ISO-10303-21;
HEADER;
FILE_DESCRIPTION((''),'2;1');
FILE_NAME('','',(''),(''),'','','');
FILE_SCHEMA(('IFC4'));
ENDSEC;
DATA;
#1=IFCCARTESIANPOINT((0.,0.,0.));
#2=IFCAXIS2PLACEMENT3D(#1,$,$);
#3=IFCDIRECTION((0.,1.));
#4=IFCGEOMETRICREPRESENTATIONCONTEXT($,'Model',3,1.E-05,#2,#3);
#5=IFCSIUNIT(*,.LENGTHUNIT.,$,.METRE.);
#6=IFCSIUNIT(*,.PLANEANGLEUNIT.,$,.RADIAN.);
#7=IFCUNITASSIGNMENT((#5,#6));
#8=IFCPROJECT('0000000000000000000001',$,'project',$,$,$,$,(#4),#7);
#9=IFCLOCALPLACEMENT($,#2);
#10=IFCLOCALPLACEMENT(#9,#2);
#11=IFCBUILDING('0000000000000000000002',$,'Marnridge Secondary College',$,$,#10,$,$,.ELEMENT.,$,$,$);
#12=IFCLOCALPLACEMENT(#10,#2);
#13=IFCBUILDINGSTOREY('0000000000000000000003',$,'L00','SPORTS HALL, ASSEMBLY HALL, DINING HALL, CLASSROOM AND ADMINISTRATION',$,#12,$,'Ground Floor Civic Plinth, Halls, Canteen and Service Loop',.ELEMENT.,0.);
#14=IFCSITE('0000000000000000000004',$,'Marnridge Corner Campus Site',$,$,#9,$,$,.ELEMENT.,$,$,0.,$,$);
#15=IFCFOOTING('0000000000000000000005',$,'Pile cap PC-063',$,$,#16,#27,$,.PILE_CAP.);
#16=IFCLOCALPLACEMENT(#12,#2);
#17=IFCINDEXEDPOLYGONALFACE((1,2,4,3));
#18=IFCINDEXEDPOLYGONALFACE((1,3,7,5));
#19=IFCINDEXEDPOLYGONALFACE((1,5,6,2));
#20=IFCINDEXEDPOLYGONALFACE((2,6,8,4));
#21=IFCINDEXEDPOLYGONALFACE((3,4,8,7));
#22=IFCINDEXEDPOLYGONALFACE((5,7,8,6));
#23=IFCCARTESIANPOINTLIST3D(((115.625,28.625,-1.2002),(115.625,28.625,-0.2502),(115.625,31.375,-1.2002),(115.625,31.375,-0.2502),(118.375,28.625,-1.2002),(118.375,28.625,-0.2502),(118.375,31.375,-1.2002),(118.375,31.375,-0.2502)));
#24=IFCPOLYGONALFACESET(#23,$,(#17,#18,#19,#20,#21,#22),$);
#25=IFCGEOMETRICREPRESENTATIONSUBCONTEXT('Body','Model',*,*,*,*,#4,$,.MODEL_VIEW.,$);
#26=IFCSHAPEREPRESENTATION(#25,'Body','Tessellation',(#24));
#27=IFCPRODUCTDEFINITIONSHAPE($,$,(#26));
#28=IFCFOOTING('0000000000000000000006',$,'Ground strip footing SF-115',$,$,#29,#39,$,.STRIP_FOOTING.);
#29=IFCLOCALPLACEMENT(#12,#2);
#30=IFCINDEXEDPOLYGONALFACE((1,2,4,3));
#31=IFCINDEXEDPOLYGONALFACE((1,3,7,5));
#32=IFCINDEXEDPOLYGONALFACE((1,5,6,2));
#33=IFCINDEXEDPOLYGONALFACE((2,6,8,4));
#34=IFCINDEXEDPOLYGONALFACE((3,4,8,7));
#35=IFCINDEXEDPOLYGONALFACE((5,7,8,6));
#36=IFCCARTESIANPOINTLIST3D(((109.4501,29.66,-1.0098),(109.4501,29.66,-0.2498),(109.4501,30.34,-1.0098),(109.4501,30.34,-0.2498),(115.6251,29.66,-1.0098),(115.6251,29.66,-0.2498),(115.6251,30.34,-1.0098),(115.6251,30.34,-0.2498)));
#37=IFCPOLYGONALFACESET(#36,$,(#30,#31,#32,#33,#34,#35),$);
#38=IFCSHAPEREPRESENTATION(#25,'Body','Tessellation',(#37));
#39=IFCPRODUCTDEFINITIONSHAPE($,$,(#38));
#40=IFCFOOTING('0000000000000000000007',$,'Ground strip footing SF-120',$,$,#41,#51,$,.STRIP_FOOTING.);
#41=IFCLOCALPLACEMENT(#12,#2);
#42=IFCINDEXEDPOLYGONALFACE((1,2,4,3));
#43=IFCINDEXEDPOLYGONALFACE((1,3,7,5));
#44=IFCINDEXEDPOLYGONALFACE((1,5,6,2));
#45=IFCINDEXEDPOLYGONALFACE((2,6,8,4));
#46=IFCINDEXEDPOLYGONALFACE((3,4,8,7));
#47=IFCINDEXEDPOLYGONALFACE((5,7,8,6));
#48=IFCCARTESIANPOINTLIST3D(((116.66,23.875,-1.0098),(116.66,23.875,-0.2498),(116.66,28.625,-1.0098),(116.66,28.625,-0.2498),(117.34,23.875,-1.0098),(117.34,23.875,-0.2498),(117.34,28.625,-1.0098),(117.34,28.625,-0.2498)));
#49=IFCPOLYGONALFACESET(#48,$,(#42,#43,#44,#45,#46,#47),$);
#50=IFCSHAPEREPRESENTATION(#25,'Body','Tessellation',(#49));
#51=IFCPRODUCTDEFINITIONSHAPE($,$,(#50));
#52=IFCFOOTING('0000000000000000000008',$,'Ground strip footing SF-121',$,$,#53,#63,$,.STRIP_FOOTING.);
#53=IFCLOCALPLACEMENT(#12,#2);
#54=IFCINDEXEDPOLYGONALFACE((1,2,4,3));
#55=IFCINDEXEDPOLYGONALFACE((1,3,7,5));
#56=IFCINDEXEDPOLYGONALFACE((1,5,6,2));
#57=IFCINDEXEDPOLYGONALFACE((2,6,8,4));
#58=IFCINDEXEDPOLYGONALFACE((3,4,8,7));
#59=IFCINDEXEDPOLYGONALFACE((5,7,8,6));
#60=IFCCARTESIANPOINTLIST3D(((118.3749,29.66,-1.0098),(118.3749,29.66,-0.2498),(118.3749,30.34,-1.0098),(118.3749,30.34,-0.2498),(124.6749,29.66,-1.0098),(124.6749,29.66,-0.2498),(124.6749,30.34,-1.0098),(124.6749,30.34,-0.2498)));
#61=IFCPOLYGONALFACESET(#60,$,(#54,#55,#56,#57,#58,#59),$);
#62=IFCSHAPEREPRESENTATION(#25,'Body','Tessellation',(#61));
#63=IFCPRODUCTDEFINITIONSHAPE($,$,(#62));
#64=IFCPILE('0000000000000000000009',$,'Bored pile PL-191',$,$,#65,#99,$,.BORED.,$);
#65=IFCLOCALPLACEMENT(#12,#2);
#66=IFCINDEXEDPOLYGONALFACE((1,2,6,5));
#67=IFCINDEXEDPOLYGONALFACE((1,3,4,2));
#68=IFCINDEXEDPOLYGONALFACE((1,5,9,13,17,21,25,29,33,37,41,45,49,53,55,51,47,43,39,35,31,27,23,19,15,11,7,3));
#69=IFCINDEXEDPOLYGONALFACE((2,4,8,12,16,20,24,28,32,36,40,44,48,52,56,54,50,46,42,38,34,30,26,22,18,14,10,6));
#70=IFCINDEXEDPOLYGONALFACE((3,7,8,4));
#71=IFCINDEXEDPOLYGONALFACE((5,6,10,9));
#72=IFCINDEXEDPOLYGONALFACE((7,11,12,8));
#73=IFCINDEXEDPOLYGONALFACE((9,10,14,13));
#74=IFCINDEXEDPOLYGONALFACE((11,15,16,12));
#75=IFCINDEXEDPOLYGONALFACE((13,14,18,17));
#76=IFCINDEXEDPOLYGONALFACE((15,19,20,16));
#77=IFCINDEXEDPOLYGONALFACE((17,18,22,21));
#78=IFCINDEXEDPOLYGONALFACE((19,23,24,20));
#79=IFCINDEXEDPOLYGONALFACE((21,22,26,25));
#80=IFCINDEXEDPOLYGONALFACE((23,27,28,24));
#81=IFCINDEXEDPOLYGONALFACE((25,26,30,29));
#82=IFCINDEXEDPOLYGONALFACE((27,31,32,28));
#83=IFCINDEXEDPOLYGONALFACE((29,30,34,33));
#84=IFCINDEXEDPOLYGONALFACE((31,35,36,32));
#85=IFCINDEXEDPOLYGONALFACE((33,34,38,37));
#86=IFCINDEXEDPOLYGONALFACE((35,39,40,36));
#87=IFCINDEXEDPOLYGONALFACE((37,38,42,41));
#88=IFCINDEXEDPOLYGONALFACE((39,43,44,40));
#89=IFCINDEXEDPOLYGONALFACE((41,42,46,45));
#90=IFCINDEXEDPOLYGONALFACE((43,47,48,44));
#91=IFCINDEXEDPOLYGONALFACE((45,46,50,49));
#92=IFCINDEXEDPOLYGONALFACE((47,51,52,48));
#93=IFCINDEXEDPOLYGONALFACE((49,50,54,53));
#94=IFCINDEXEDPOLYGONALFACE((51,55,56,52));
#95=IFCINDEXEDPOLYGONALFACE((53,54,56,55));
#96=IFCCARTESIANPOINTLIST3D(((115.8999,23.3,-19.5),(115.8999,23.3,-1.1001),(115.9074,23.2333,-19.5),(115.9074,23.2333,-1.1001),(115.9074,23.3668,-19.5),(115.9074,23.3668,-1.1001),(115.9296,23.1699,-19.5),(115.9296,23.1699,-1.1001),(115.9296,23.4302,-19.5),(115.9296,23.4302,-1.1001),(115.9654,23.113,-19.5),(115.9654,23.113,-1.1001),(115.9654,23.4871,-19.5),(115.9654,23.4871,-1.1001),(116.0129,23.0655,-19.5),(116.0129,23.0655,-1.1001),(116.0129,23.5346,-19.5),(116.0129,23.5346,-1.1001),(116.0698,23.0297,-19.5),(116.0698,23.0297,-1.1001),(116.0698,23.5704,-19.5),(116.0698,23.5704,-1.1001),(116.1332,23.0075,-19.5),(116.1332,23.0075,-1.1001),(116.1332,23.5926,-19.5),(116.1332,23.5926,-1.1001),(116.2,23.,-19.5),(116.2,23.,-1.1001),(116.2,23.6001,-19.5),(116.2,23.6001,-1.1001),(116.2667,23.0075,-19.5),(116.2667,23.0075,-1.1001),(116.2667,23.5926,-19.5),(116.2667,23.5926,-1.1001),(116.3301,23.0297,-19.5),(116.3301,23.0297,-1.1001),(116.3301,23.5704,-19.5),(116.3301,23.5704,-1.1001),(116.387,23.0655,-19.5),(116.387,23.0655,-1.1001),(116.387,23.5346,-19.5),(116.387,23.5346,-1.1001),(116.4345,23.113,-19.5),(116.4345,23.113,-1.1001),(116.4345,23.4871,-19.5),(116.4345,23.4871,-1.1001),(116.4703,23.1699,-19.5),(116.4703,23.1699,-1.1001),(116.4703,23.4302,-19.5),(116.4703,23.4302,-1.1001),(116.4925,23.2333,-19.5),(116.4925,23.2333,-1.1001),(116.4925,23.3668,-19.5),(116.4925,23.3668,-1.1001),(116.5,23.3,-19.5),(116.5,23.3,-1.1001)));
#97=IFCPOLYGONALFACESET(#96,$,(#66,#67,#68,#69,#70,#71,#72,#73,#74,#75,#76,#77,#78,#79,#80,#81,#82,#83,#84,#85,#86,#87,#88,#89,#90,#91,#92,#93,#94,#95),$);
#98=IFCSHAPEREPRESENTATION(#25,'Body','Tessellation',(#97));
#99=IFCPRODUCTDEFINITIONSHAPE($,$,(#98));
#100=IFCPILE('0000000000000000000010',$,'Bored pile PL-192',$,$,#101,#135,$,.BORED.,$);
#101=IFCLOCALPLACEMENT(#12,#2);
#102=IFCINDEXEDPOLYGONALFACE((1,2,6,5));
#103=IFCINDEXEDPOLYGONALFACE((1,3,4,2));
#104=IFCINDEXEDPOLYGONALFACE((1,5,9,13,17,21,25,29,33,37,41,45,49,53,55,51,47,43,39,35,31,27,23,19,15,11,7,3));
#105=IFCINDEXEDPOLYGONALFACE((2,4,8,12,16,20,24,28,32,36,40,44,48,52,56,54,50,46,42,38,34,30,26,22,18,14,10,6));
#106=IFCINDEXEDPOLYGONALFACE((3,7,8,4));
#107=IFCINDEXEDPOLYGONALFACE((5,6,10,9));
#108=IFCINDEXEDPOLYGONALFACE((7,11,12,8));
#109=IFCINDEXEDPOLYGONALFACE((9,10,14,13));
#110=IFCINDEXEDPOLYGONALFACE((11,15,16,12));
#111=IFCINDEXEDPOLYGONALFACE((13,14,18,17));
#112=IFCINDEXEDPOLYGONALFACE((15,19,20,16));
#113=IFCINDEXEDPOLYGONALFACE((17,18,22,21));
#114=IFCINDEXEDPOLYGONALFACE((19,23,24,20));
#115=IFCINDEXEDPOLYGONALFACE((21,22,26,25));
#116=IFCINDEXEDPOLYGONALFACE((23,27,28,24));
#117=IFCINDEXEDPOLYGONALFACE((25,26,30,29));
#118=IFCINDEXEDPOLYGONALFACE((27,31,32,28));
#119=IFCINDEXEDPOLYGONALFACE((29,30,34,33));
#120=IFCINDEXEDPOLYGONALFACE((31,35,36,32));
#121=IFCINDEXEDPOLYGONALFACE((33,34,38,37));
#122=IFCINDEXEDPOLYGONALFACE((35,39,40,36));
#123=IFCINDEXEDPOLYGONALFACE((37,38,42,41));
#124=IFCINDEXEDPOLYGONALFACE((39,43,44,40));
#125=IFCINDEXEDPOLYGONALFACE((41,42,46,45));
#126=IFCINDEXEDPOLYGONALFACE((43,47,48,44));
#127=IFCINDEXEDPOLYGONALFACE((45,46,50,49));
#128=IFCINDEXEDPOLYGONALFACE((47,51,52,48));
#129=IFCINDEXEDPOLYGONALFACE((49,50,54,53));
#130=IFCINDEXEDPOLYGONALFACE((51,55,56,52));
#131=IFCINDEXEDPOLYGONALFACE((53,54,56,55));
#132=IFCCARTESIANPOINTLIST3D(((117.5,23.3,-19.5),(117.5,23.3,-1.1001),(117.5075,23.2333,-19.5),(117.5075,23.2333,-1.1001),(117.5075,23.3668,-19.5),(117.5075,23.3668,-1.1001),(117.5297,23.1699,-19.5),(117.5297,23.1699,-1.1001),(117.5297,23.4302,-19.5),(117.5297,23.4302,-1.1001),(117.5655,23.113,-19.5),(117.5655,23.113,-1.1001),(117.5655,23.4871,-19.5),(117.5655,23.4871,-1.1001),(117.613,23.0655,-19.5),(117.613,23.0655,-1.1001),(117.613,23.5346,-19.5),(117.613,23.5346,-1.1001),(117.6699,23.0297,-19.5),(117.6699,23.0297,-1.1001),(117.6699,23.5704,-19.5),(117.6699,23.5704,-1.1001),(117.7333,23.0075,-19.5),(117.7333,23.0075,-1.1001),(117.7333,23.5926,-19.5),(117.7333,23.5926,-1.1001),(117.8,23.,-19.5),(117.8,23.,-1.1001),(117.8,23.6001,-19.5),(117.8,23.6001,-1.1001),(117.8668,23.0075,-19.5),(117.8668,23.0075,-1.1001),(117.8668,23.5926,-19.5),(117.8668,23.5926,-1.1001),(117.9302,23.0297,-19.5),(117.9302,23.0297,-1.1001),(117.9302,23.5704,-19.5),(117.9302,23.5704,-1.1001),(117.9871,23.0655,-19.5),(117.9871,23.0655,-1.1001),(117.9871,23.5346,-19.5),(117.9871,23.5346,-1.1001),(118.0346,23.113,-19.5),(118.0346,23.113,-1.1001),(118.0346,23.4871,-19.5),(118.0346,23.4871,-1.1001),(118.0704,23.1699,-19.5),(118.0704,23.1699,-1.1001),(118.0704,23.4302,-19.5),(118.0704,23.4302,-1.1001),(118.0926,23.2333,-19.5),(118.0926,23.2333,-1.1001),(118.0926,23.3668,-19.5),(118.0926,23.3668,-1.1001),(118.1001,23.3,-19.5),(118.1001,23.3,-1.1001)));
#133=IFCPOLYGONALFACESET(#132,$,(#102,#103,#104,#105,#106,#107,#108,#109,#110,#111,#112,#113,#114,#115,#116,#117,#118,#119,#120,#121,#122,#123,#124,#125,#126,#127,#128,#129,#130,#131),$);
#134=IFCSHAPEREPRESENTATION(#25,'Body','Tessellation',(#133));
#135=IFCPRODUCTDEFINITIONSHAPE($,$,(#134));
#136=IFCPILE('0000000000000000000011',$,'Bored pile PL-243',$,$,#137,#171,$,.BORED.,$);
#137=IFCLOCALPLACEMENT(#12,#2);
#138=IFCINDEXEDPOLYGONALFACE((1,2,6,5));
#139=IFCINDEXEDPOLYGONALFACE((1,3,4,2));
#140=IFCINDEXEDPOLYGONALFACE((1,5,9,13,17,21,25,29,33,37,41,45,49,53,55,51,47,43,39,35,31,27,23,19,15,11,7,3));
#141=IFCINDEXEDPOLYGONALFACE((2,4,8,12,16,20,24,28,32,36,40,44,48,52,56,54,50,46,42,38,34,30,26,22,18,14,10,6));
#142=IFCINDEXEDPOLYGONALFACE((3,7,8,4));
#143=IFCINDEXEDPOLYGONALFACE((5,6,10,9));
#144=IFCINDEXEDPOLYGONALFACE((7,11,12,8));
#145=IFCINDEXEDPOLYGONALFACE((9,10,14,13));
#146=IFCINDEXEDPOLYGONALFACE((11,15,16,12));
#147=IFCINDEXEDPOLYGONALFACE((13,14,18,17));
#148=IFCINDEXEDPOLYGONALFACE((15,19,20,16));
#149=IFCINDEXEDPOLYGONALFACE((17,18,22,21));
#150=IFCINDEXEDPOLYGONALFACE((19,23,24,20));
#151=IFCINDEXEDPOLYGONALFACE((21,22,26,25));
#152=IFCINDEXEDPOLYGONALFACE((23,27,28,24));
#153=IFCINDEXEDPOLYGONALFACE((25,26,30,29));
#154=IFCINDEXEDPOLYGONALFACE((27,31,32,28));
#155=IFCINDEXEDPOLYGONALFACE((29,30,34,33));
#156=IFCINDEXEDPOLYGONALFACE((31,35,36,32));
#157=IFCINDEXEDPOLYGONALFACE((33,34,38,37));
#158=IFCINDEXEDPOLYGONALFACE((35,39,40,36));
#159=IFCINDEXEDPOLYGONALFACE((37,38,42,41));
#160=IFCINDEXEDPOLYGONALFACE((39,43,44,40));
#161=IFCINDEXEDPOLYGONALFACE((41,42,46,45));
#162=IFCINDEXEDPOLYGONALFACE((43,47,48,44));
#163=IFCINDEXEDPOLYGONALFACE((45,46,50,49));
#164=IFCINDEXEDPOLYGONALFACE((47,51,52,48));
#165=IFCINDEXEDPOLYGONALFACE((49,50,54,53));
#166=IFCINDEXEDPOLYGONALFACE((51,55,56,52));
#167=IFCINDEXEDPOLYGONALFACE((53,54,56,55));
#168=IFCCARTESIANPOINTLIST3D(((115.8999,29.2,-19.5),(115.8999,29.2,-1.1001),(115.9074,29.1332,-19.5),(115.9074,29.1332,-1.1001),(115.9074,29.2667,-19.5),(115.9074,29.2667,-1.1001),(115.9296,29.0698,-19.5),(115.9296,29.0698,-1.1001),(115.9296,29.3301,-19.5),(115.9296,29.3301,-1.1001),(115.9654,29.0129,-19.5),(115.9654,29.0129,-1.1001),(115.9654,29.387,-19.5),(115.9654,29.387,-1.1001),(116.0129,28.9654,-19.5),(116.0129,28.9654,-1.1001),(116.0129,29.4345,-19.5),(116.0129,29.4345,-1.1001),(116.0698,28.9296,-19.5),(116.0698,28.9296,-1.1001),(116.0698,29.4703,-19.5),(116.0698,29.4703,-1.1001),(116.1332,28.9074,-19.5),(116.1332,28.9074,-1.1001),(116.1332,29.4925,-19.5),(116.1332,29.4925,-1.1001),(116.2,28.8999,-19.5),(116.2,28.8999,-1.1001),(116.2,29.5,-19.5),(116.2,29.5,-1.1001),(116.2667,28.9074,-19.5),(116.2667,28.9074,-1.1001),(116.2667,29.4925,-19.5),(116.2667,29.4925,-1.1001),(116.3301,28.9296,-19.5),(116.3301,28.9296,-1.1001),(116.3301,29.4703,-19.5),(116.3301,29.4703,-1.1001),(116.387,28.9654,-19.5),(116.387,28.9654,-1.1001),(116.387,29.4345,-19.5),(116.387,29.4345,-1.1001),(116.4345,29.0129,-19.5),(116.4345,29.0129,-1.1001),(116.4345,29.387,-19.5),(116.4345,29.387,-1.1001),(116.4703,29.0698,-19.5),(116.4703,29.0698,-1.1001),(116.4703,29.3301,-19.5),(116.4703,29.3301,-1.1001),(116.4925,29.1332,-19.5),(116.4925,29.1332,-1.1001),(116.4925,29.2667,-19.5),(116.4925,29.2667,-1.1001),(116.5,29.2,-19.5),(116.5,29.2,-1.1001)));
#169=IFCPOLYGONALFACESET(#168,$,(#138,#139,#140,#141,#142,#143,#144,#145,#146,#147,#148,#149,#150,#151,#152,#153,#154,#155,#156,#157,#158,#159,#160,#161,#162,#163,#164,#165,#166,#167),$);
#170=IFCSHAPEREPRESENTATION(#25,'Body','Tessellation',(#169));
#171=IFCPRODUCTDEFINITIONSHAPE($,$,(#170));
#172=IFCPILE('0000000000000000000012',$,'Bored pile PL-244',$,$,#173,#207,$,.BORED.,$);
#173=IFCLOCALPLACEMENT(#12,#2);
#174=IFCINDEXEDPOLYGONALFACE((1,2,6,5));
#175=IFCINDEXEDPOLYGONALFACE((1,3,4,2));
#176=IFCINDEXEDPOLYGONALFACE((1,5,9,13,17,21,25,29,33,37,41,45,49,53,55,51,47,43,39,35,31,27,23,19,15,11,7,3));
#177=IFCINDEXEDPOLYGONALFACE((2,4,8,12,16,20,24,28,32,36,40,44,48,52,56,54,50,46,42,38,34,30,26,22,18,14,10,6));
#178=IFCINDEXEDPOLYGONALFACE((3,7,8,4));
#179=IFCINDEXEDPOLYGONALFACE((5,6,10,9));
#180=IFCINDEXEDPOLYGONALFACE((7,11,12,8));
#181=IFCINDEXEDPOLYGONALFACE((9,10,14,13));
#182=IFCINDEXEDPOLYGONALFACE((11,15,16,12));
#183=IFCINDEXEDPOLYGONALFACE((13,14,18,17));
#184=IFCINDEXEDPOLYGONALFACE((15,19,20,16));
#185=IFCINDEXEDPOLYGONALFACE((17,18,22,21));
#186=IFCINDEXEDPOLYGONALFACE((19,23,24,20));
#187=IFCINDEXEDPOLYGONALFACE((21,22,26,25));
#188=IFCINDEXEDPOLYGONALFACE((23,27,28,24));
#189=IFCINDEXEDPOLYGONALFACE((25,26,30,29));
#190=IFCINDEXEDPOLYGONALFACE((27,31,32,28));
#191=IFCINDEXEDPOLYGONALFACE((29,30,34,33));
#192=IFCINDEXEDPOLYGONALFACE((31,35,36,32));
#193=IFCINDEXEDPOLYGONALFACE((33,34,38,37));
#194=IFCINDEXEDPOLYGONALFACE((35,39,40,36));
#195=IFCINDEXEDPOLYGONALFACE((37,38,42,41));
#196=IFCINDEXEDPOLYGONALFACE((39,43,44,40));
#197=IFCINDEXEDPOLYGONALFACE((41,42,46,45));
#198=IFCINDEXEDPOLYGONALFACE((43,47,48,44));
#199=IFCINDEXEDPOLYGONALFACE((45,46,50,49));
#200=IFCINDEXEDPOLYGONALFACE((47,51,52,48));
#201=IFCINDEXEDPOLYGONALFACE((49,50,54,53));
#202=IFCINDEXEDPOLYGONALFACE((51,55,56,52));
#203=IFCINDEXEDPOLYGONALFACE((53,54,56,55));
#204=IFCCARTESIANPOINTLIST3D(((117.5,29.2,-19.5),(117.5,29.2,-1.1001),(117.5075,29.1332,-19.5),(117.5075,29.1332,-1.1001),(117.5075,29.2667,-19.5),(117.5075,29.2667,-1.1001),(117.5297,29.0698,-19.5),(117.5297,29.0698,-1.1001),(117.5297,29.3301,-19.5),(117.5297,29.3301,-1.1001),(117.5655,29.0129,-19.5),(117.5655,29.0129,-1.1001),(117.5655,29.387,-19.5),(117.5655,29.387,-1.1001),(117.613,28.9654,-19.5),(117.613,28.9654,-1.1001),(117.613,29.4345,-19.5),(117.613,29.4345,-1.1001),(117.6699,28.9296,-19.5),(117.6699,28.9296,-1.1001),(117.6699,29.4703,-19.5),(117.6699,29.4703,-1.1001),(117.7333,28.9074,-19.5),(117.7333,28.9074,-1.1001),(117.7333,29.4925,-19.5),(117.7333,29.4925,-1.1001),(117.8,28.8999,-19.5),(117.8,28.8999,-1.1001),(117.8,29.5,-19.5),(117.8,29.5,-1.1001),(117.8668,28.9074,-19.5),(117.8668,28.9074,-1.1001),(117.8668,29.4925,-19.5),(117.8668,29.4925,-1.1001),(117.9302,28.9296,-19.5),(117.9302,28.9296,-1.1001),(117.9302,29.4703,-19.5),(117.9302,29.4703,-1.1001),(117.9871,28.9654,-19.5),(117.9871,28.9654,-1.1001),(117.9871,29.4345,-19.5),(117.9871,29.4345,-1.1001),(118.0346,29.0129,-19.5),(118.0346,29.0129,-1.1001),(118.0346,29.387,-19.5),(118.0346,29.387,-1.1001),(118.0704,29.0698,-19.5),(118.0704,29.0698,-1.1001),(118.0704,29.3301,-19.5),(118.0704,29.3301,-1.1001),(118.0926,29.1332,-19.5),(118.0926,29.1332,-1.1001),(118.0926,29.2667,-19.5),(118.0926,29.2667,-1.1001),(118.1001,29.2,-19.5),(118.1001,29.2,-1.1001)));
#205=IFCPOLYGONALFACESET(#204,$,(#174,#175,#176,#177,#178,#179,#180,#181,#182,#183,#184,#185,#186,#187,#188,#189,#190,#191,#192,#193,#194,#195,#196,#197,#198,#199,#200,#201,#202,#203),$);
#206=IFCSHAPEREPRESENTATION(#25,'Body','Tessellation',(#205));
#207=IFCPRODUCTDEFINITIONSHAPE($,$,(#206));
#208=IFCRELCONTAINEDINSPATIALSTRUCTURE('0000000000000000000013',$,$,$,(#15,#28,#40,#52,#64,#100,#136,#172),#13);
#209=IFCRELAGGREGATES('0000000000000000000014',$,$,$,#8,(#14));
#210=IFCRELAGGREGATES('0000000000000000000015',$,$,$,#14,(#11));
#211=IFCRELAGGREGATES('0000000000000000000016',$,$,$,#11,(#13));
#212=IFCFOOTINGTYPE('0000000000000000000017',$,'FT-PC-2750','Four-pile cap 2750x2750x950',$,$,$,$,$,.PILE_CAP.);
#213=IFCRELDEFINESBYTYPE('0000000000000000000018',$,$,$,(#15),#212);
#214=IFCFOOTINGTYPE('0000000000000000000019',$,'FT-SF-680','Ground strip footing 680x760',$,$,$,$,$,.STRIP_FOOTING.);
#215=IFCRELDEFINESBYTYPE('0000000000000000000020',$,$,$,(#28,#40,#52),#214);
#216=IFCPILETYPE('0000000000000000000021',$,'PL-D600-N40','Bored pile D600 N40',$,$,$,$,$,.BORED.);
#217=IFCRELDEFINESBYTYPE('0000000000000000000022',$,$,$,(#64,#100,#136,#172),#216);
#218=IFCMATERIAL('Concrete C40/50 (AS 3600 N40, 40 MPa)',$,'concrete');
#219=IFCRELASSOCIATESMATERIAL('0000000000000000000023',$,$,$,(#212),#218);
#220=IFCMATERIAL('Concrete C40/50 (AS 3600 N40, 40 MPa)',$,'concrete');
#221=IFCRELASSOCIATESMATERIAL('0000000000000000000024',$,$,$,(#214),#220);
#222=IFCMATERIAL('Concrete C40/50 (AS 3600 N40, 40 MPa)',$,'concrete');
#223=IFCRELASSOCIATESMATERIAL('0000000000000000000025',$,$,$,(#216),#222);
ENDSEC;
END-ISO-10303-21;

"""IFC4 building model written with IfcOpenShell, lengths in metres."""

from ifc_helpers import new_model, si_unit, direction, frame, origin, origin_2d, place, context, subcontext, project, spatial, rectangle, circle, extrude, material, material_profile, profile_set, type_object, element, save


model = new_model("IFC4")

# Units and contexts
model_context = context("Model", 3, precision=1e-05, world=origin(), true_north=direction((0.0, 1.0)))
body_context = subcontext(model_context, "Body", "Model", "MODEL_VIEW")
ifc_project = project(units=[si_unit("LENGTHUNIT", "METRE"), si_unit("PLANEANGLEUNIT", "RADIAN")], contexts=[model_context])

# Site, building, storey
site_placement = place(None, origin())
site = spatial("IfcSite", under=ifc_project, at=site_placement, Name="Marnridge Corner Campus Site", CompositionType="ELEMENT", RefElevation=0.0)
building_placement = place(site_placement, origin())
building = spatial("IfcBuilding", under=site, at=building_placement, Name="Marnridge Secondary College", CompositionType="ELEMENT")
storey_placement = place(building_placement, origin())
storey = spatial("IfcBuildingStorey", under=building, at=storey_placement, Name="L00", Description="SPORTS HALL, ASSEMBLY HALL, DINING HALL, CLASSROOM AND ADMINISTRATION", LongName="Ground Floor Civic Plinth, Halls, Canteen and Service Loop", CompositionType="ELEMENT", Elevation=0.0)

# Footings
ifc_material_1 = material(Name="Concrete C40/50 (AS 3600 N40, 40 MPa)", Category="concrete")
footing_type_1 = type_object("IfcFootingType", Name="FT-PC-2750", Description="Four-pile cap 2750x2750x950", PredefinedType="PILE_CAP", material=ifc_material_1)
footing_1_placement = place(storey_placement, frame((117.0, 30.0, -1.2002), z_axis=(0.0, 0.0, 1.0), x_axis=(1.0, 0.0, 0.0)))
element("IfcFooting", 1, at=footing_1_placement, inside=storey, type_object=footing_type_1, Name="Pile cap PC-063", PredefinedType="PILE_CAP", context=body_context, shape_type="SweptSolid", body=[
    extrude(rectangle(XDim=2.75, YDim=2.75, at=origin_2d()), origin(), (0.0, 0.0, 1.0), 0.95),
])
ifc_material_2 = material(Name="Concrete C40/50 (AS 3600 N40, 40 MPa)", Category="concrete")
footing_type_2 = type_object("IfcFootingType", Name="FT-SF-680", Description="Ground strip footing 680x760", PredefinedType="STRIP_FOOTING", material=ifc_material_2)
footing_2_placement = place(storey_placement, frame((112.5376, 30.0, -1.0098), z_axis=(0.0, 0.0, 1.0), x_axis=(1.0, 0.0, 0.0)))
element("IfcFooting", 2, at=footing_2_placement, inside=storey, type_object=footing_type_2, Name="Ground strip footing SF-115", PredefinedType="STRIP_FOOTING", context=body_context, shape_type="SweptSolid", body=[
    extrude(rectangle(XDim=6.175, YDim=0.6799, at=origin_2d()), origin(), (0.0, 0.0, 1.0), 0.76),
])
footing_3_placement = place(storey_placement, frame((117.0, 26.25, -1.0098), z_axis=(0.0, 0.0, 1.0), x_axis=(1.0, 0.0, 0.0)))
element("IfcFooting", 3, at=footing_3_placement, inside=storey, type_object=footing_type_2, Name="Ground strip footing SF-120", PredefinedType="STRIP_FOOTING", context=body_context, shape_type="SweptSolid", body=[
    extrude(rectangle(XDim=0.6799, YDim=4.75, at=origin_2d()), origin(), (0.0, 0.0, 1.0), 0.76),
])
footing_4_placement = place(storey_placement, frame((121.5249, 30.0, -1.0098), z_axis=(0.0, 0.0, 1.0), x_axis=(1.0, 0.0, 0.0)))
element("IfcFooting", 4, at=footing_4_placement, inside=storey, type_object=footing_type_2, Name="Ground strip footing SF-121", PredefinedType="STRIP_FOOTING", context=body_context, shape_type="SweptSolid", body=[
    extrude(rectangle(XDim=6.3, YDim=0.6799, at=origin_2d()), origin(), (0.0, 0.0, 1.0), 0.76),
])

# Piles
ifc_material_3 = material(Name="Concrete C40/50 (AS 3600 N40, 40 MPa)", Category="concrete")
ifc_material_profile_1 = material_profile(ifc_material_3, circle(Radius=0.3, at=origin_2d()), Name="PILE D600")
ifc_profile_set_1 = profile_set([ifc_material_profile_1], Name="Concrete C40/50 (AS 3600 N40, 40 MPa)")
pile_type = type_object("IfcPileType", Name="PL-D600-N40", Description="Bored pile D600 N40", PredefinedType="BORED", material=ifc_profile_set_1)
for number, where, z_axis, x_axis, name in (
    (5, (116.2, 23.3, -1.1001), (0.0, 0.0, -1.0), (1.0, 0.0, 0.0), "Bored pile PL-191"),
    (6, (117.8, 23.3, -1.1001), (0.0, 0.0, -1.0), (1.0, 0.0, 0.0), "Bored pile PL-192"),
    (7, (116.2, 29.2, -1.1001), (0.0, 0.0, -1.0), (1.0, 0.0, 0.0), "Bored pile PL-243"),
    (8, (117.8, 29.2, -1.1001), (0.0, 0.0, -1.0), (1.0, 0.0, 0.0), "Bored pile PL-244"),
):
    element("IfcPile", number, at=place(storey_placement, frame(where, z_axis=z_axis, x_axis=x_axis)), inside=storey, type_object=pile_type, Name=name, PredefinedType="BORED", context=body_context, shape_type="SweptSolid", body=[
        extrude(circle(Radius=0.3, at=origin_2d()), origin(), (0.0, 0.0, 1.0), 18.3999),
    ])

save(model, "model.ifc")
